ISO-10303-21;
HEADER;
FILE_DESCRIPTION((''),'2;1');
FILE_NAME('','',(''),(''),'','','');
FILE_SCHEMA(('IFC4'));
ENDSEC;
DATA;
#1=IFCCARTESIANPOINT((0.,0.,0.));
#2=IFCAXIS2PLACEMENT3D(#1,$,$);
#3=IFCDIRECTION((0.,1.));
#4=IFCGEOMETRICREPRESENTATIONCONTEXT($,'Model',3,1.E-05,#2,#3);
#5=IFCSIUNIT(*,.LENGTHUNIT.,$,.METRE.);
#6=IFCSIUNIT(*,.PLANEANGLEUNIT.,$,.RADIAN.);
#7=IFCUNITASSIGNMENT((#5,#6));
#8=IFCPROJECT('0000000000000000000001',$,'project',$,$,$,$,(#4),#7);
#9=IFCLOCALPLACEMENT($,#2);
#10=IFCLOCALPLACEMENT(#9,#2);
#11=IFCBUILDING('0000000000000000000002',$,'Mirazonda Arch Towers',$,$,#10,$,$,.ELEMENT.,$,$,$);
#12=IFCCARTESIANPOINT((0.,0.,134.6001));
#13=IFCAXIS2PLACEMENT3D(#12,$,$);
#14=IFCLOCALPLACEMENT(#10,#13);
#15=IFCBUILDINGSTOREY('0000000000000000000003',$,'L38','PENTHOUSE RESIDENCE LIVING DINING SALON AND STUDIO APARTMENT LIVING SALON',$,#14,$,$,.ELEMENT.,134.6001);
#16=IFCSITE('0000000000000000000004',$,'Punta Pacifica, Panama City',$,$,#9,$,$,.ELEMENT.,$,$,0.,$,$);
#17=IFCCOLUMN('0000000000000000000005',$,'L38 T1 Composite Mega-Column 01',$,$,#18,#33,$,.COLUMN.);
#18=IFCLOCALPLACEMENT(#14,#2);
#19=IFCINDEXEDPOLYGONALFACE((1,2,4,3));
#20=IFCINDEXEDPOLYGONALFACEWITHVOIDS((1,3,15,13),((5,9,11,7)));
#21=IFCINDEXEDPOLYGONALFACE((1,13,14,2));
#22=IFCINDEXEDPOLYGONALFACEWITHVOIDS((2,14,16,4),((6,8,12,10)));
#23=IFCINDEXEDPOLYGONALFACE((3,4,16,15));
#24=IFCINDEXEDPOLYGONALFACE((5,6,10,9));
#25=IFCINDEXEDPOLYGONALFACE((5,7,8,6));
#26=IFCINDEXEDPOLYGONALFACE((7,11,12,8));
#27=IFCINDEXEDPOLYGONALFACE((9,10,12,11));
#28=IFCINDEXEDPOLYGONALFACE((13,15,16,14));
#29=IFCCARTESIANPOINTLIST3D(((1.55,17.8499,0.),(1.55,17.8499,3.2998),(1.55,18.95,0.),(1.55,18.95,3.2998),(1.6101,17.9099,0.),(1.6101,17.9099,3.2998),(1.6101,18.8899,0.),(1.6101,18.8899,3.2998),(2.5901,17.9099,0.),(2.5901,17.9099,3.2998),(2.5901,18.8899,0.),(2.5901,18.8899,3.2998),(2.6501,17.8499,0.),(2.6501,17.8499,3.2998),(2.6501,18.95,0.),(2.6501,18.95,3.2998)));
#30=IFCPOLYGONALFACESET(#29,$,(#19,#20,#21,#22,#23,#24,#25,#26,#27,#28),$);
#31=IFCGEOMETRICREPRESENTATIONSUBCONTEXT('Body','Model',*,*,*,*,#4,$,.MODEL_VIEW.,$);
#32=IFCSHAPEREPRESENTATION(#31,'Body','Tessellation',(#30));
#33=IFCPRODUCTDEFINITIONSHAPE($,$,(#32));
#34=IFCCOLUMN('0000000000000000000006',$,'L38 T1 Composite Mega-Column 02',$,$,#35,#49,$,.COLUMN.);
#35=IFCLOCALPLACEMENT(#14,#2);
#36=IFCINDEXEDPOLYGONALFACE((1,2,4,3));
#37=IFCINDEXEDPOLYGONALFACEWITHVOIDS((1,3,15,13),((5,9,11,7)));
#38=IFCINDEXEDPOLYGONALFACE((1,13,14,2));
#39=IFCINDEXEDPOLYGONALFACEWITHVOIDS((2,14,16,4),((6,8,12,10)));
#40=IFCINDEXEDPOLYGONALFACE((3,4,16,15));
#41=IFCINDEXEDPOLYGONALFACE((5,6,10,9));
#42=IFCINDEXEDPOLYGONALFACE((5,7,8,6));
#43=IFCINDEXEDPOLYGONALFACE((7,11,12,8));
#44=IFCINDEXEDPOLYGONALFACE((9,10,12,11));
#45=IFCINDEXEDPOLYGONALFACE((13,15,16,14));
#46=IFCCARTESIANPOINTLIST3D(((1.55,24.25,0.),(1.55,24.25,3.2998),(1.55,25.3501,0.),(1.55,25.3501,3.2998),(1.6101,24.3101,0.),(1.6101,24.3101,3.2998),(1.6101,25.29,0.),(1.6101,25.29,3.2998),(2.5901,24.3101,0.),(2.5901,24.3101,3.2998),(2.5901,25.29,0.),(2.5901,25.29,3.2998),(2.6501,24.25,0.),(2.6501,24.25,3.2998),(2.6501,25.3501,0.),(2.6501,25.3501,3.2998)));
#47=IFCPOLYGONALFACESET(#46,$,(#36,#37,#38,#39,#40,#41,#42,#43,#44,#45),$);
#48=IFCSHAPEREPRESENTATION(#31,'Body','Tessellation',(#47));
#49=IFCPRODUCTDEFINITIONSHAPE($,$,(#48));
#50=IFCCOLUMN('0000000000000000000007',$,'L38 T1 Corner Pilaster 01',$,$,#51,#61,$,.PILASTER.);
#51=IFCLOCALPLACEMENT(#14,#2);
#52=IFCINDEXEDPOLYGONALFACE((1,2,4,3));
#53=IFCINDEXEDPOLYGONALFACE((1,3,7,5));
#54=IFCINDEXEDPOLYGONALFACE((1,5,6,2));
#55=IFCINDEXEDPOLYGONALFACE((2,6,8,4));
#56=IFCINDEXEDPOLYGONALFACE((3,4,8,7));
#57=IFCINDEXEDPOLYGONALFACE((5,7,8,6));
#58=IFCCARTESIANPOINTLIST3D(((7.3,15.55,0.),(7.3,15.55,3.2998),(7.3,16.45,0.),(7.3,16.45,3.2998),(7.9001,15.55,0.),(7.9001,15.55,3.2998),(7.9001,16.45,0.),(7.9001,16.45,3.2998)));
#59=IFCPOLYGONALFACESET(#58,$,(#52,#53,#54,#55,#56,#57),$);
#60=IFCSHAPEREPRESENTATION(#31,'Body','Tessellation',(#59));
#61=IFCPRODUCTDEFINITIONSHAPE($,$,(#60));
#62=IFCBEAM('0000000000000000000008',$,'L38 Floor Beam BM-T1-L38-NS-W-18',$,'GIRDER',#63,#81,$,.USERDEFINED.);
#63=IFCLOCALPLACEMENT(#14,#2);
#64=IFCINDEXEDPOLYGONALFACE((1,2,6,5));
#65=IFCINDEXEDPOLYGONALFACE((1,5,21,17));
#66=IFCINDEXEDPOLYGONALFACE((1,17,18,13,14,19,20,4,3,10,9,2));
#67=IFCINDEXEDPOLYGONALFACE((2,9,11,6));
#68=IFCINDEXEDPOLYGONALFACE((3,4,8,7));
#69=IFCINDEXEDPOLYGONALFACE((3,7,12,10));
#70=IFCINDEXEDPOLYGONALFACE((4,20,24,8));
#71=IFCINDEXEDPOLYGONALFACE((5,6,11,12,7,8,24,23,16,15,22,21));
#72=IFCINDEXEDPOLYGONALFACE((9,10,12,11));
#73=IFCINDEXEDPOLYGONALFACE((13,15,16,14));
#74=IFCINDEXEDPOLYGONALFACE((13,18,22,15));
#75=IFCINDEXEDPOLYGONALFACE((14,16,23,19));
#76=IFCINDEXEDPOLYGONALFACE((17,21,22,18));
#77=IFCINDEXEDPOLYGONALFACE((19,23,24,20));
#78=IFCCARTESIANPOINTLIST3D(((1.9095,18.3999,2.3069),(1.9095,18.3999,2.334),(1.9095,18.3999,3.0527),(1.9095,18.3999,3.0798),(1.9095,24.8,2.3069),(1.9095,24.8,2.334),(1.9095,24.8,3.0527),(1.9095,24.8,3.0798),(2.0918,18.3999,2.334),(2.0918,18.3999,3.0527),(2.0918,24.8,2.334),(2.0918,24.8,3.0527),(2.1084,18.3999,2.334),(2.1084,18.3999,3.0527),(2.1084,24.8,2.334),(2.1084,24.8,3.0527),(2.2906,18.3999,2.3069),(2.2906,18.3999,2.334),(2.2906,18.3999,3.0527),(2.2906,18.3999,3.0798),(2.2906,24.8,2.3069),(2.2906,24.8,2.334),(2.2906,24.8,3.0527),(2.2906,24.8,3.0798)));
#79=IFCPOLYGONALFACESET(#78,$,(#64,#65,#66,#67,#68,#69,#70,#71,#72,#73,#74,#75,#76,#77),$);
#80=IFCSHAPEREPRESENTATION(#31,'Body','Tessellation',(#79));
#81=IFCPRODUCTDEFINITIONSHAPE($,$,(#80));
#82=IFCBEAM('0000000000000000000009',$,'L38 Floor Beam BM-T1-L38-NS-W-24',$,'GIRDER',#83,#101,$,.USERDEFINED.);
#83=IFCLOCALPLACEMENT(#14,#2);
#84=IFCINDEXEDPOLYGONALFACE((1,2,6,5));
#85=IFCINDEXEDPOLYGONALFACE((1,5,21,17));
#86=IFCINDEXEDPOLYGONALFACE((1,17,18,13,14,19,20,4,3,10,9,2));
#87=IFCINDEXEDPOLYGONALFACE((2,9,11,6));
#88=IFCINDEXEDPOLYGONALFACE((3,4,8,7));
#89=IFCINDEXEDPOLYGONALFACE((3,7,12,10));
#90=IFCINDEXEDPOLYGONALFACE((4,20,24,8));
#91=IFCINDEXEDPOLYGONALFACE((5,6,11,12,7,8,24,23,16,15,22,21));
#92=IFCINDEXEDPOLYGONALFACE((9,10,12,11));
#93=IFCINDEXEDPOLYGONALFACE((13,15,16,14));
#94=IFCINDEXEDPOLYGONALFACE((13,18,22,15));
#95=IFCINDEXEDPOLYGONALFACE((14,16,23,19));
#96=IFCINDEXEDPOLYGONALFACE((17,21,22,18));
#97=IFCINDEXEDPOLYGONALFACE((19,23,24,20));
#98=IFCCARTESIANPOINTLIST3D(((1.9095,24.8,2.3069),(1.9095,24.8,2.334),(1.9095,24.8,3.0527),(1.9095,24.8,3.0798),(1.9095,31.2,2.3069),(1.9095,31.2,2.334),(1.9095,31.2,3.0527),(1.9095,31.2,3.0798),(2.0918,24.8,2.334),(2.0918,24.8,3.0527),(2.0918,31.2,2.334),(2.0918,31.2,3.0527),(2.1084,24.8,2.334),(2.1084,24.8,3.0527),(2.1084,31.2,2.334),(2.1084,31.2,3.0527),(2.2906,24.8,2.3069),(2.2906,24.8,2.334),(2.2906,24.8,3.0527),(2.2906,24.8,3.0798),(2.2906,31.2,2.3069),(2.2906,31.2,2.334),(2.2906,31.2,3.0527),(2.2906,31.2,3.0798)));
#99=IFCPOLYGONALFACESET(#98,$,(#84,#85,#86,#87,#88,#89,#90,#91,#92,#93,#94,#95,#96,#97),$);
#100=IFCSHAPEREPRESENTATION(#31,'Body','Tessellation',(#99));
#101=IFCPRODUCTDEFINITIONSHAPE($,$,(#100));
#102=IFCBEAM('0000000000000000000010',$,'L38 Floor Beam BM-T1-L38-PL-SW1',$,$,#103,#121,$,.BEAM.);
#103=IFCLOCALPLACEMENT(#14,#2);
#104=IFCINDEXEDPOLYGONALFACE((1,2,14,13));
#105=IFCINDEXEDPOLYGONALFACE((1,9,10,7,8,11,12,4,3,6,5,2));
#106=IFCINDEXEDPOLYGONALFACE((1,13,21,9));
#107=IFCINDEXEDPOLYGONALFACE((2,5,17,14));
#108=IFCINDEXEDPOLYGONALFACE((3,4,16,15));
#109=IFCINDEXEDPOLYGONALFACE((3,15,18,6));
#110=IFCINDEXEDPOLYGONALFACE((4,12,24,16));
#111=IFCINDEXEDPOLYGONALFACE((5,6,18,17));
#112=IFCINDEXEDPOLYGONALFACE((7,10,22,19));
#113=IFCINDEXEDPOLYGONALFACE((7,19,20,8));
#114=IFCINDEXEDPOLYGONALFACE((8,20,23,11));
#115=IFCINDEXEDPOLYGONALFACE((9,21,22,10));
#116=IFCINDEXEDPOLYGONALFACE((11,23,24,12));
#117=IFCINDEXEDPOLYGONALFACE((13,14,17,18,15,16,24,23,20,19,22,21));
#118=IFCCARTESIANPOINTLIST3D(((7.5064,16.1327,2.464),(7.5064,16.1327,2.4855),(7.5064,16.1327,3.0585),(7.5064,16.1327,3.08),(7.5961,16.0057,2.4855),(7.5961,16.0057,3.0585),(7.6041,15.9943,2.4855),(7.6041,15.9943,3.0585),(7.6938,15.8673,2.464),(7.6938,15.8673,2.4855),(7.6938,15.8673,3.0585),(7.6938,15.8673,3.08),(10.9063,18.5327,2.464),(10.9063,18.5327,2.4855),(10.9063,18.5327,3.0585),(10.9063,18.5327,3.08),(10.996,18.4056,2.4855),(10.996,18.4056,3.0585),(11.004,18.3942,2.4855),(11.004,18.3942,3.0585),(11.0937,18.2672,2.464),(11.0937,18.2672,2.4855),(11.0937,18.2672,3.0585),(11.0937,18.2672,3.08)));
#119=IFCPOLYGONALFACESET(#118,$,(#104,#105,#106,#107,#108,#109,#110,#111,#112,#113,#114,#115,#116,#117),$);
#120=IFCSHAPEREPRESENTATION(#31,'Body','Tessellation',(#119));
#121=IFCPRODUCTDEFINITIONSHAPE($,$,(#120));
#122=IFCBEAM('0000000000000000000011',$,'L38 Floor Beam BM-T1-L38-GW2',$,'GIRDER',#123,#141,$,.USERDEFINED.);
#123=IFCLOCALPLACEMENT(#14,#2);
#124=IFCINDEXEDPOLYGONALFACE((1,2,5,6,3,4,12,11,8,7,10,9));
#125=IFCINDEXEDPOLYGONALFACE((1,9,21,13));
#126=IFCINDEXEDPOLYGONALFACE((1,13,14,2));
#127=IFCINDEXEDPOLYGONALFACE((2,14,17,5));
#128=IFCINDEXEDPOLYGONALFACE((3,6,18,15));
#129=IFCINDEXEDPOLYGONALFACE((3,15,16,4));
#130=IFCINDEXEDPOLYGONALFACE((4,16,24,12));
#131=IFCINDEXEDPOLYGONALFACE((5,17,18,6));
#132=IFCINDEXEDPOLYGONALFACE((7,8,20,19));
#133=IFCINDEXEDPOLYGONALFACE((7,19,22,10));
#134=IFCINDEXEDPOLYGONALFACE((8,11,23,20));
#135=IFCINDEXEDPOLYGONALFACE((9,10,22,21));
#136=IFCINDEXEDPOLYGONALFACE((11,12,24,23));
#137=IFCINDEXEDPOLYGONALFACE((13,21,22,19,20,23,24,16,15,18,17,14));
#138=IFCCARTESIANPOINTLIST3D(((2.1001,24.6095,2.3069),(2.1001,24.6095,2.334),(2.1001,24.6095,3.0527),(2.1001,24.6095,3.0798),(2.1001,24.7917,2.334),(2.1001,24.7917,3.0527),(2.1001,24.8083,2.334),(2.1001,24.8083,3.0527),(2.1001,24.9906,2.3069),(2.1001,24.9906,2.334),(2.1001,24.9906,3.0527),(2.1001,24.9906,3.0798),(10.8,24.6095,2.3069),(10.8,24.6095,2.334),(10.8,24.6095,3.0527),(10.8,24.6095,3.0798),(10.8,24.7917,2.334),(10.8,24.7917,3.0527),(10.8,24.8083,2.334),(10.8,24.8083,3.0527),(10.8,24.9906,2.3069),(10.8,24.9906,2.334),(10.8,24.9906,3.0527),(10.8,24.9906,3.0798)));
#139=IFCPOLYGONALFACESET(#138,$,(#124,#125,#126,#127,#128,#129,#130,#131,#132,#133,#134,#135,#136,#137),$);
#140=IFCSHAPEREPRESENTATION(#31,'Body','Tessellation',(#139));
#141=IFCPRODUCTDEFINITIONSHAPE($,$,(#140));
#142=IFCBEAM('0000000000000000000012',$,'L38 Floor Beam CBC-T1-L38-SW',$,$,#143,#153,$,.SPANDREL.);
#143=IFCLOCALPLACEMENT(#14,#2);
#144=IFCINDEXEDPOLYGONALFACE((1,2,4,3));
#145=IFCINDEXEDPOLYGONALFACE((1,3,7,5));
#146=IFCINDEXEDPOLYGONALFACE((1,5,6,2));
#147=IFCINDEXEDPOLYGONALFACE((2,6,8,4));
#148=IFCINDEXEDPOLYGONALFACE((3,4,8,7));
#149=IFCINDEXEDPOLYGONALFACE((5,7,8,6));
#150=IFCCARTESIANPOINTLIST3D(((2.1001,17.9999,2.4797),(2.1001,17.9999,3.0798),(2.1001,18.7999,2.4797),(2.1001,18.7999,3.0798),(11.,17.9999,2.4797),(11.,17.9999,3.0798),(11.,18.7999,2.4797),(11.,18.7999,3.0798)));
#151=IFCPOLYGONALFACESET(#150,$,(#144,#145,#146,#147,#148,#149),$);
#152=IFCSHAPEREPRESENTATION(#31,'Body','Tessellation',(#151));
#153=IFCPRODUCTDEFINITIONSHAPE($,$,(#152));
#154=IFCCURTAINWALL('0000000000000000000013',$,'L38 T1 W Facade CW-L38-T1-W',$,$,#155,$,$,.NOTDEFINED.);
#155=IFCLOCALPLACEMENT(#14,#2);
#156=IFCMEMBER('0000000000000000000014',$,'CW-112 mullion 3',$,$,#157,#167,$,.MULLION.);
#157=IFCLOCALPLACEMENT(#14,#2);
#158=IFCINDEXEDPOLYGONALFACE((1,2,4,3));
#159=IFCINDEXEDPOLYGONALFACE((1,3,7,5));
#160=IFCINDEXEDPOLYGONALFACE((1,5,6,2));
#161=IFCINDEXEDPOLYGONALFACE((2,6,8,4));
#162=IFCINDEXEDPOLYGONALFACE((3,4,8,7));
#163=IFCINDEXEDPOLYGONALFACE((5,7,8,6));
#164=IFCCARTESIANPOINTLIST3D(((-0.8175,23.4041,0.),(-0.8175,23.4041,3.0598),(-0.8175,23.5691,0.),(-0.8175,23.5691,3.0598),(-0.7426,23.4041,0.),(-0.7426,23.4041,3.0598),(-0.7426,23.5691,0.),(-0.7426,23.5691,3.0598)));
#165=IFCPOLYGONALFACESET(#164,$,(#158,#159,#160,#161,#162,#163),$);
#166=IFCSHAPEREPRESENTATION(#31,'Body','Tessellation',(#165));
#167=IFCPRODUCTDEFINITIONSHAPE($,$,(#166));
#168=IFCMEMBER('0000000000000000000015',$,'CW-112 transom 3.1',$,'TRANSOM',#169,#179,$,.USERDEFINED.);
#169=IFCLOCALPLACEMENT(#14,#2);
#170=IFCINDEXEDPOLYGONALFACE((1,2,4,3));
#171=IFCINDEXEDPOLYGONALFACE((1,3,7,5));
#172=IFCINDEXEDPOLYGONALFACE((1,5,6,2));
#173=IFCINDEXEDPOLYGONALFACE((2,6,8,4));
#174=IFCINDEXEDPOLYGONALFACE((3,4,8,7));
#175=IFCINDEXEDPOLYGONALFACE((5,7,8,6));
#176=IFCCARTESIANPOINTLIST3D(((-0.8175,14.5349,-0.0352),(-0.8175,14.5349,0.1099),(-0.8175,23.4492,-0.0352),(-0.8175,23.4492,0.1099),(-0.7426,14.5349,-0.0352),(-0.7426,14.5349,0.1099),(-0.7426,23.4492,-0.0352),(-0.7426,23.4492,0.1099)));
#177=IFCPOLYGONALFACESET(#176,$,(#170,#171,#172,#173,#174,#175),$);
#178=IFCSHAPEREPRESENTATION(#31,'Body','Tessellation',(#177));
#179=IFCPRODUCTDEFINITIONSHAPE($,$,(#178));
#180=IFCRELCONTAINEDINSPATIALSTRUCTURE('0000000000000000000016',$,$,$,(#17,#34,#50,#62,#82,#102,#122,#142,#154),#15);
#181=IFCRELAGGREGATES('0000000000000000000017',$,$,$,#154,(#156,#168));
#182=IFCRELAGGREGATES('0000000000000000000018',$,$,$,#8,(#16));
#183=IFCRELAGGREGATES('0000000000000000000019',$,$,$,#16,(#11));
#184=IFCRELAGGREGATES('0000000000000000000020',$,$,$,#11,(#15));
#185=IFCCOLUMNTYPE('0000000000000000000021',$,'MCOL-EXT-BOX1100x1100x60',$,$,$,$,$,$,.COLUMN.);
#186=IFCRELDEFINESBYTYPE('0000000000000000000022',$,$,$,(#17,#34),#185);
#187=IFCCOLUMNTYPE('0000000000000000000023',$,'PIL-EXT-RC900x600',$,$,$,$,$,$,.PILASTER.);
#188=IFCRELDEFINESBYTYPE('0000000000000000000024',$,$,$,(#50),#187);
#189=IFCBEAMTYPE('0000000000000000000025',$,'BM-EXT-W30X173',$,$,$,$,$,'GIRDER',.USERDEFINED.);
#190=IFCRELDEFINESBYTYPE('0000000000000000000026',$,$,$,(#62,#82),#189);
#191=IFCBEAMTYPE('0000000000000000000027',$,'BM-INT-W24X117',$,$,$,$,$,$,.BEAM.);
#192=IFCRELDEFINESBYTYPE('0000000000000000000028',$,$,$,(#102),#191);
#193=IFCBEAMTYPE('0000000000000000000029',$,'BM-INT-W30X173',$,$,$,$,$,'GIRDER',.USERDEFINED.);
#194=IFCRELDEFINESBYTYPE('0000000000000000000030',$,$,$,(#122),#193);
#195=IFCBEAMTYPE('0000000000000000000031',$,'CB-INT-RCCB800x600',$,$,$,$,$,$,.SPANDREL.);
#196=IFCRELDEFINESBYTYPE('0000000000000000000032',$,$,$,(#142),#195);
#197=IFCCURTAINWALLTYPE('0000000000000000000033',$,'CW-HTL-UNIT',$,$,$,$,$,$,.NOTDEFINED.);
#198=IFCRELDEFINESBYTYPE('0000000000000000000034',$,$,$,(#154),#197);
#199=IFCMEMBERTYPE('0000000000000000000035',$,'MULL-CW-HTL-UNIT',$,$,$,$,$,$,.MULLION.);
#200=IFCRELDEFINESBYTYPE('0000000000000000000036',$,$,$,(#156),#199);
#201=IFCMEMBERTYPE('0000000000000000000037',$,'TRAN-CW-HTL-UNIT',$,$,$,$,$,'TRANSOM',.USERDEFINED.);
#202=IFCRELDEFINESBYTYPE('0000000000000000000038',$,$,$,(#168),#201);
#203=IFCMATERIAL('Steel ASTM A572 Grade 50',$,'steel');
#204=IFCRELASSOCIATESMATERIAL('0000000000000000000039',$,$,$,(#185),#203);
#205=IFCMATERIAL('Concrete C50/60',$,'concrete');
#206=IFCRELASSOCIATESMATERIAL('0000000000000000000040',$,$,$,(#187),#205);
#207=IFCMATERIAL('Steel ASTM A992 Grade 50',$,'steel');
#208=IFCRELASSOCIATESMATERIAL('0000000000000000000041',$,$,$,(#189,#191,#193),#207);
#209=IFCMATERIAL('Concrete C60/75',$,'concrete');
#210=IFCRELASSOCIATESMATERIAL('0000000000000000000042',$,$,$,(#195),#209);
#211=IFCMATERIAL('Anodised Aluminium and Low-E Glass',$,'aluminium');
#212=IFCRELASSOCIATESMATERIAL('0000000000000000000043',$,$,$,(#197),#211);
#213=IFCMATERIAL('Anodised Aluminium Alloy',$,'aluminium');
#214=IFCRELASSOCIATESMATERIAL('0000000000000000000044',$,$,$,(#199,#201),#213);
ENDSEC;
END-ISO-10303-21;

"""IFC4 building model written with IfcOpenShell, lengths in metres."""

from ifc_helpers import new_model, si_unit, direction, frame, origin, origin_2d, place, context, subcontext, project, spatial, rectangle, hollow_rectangle, i_section, extrude, material, material_profile, profile_set, type_object, element, aggregate, save


model = new_model("IFC4")

# Units and contexts
model_context = context("Model", 3, precision=1e-05, world=origin(), true_north=direction((0.0, 1.0)))
body_context = subcontext(model_context, "Body", "Model", "MODEL_VIEW")
ifc_project = project(units=[si_unit("LENGTHUNIT", "METRE"), si_unit("PLANEANGLEUNIT", "RADIAN")], contexts=[model_context])

# Site, building, storey
site_placement = place(None, origin())
site = spatial("IfcSite", under=ifc_project, at=site_placement, Name="Punta Pacifica, Panama City", CompositionType="ELEMENT", RefElevation=0.0)
building_placement = place(site_placement, origin())
building = spatial("IfcBuilding", under=site, at=building_placement, Name="Mirazonda Arch Towers", CompositionType="ELEMENT")
storey_placement = place(building_placement, frame((0.0, 0.0, 134.6001)))
storey = spatial("IfcBuildingStorey", under=building, at=storey_placement, Name="L38", Description="PENTHOUSE RESIDENCE LIVING DINING SALON AND STUDIO APARTMENT LIVING SALON", CompositionType="ELEMENT", Elevation=134.6001)

# Columns
ifc_material_1 = material(Name="Steel ASTM A572 Grade 50", Category="steel")
ifc_material_profile_1 = material_profile(ifc_material_1, hollow_rectangle(XDim=1.1001, YDim=1.1001, WallThickness=0.0601, at=origin_2d()), Name="BOX1100x1100x60")
ifc_profile_set_1 = profile_set([ifc_material_profile_1], Name="Steel ASTM A572 Grade 50")
column_type_1 = type_object("IfcColumnType", Name="MCOL-EXT-BOX1100x1100x60", PredefinedType="COLUMN", material=ifc_profile_set_1)
for number, where, z_axis, x_axis, name in (
    (1, (2.1001, 18.3999, 0.0), (0.0, 0.0, 1.0), (1.0, 0.0, 0.0), "L38 T1 Composite Mega-Column 01"),
    (2, (2.1001, 24.8, 0.0), (0.0, 0.0, 1.0), (1.0, 0.0, 0.0), "L38 T1 Composite Mega-Column 02"),
):
    element("IfcColumn", number, at=place(storey_placement, frame(where, z_axis=z_axis, x_axis=x_axis)), inside=storey, type_object=column_type_1, Name=name, PredefinedType="COLUMN", context=body_context, shape_type="SweptSolid", body=[
        extrude(hollow_rectangle(XDim=1.1001, YDim=1.1001, WallThickness=0.0601, at=origin_2d()), origin(), (0.0, 0.0, 1.0), 3.2998),
    ])
ifc_material_2 = material(Name="Concrete C50/60", Category="concrete")
ifc_material_profile_2 = material_profile(ifc_material_2, rectangle(XDim=0.6001, YDim=0.8999, at=origin_2d()), Name="RC900x600")
ifc_profile_set_2 = profile_set([ifc_material_profile_2], Name="Concrete C50/60")
column_type_2 = type_object("IfcColumnType", Name="PIL-EXT-RC900x600", PredefinedType="PILASTER", material=ifc_profile_set_2)
column_placement = place(storey_placement, frame((7.6001, 16.0, 0.0), z_axis=(0.0, 0.0, 1.0), x_axis=(1.0, 0.0, 0.0)))
element("IfcColumn", 3, at=column_placement, inside=storey, type_object=column_type_2, Name="L38 T1 Corner Pilaster 01", PredefinedType="PILASTER", context=body_context, shape_type="SweptSolid", body=[
    extrude(rectangle(XDim=0.6001, YDim=0.8999, at=origin_2d()), origin(), (0.0, 0.0, 1.0), 3.2998),
])

# Beams
ifc_material_3 = material(Name="Steel ASTM A992 Grade 50", Category="steel")
ifc_material_profile_3 = material_profile(ifc_material_3, i_section(OverallWidth=0.3811, OverallDepth=0.7729, WebThickness=0.0166, FlangeThickness=0.0271, at=origin_2d()), Name="W30X173")
ifc_profile_set_3 = profile_set([ifc_material_profile_3], Name="Steel ASTM A992 Grade 50")
beam_type_1 = type_object("IfcBeamType", Name="BM-EXT-W30X173", ElementType="GIRDER", PredefinedType="USERDEFINED", material=ifc_profile_set_3)
beam_1_placement = place(storey_placement, frame((2.1001, 18.3999, 2.6934), z_axis=(0.0, 1.0, 0.0), x_axis=(-1.0, 0.0, 0.0)))
element("IfcBeam", 4, at=beam_1_placement, inside=storey, type_object=beam_type_1, Name="L38 Floor Beam BM-T1-L38-NS-W-18", ObjectType="GIRDER", PredefinedType="USERDEFINED", context=body_context, shape_type="SweptSolid", body=[
    extrude(i_section(OverallWidth=0.3811, OverallDepth=0.7729, WebThickness=0.0166, FlangeThickness=0.0271, at=origin_2d()), origin(), (0.0, 0.0, 1.0), 6.4001),
])
beam_2_placement = place(storey_placement, frame((2.1001, 24.8, 2.6934), z_axis=(0.0, 1.0, 0.0), x_axis=(-1.0, 0.0, 0.0)))
element("IfcBeam", 5, at=beam_2_placement, inside=storey, type_object=beam_type_1, Name="L38 Floor Beam BM-T1-L38-NS-W-24", ObjectType="GIRDER", PredefinedType="USERDEFINED", context=body_context, shape_type="SweptSolid", body=[
    extrude(i_section(OverallWidth=0.3811, OverallDepth=0.7729, WebThickness=0.0166, FlangeThickness=0.0271, at=origin_2d()), origin(), (0.0, 0.0, 1.0), 6.3999),
])
ifc_material_profile_4 = material_profile(ifc_material_3, i_section(OverallWidth=0.325, OverallDepth=0.616, WebThickness=0.0139, FlangeThickness=0.0215, at=origin_2d()), Name="W24X117")
ifc_profile_set_4 = profile_set([ifc_material_profile_4], Name="Steel ASTM A992 Grade 50")
beam_type_2 = type_object("IfcBeamType", Name="BM-INT-W24X117", PredefinedType="BEAM", material=ifc_profile_set_4)
beam_3_placement = place(storey_placement, frame((7.6001, 16.0, 2.772), z_axis=(0.816971, 0.576679, 0.0), x_axis=(-0.576679, 0.816971, 0.0)))
element("IfcBeam", 6, at=beam_3_placement, inside=storey, type_object=beam_type_2, Name="L38 Floor Beam BM-T1-L38-PL-SW1", PredefinedType="BEAM", context=body_context, shape_type="SweptSolid", body=[
    extrude(i_section(OverallWidth=0.325, OverallDepth=0.616, WebThickness=0.0139, FlangeThickness=0.0215, at=origin_2d()), origin(), (0.0, 0.0, 1.0), 4.1616),
])
ifc_material_profile_5 = material_profile(ifc_material_3, i_section(OverallWidth=0.3811, OverallDepth=0.7729, WebThickness=0.0166, FlangeThickness=0.0271, at=origin_2d()), Name="W30X173")
ifc_profile_set_5 = profile_set([ifc_material_profile_5], Name="Steel ASTM A992 Grade 50")
beam_type_3 = type_object("IfcBeamType", Name="BM-INT-W30X173", ElementType="GIRDER", PredefinedType="USERDEFINED", material=ifc_profile_set_5)
beam_4_placement = place(storey_placement, frame((2.1001, 24.8, 2.6934), z_axis=(1.0, 0.0, 0.0), x_axis=(0.0, 1.0, 0.0)))
element("IfcBeam", 7, at=beam_4_placement, inside=storey, type_object=beam_type_3, Name="L38 Floor Beam BM-T1-L38-GW2", ObjectType="GIRDER", PredefinedType="USERDEFINED", context=body_context, shape_type="SweptSolid", body=[
    extrude(i_section(OverallWidth=0.3811, OverallDepth=0.7729, WebThickness=0.0166, FlangeThickness=0.0271, at=origin_2d()), origin(), (0.0, 0.0, 1.0), 8.7),
])
ifc_material_4 = material(Name="Concrete C60/75", Category="concrete")
ifc_material_profile_6 = material_profile(ifc_material_4, rectangle(XDim=0.8, YDim=0.6001, at=origin_2d()), Name="RCCB800x600")
ifc_profile_set_6 = profile_set([ifc_material_profile_6], Name="Concrete C60/75")
beam_type_4 = type_object("IfcBeamType", Name="CB-INT-RCCB800x600", PredefinedType="SPANDREL", material=ifc_profile_set_6)
beam_5_placement = place(storey_placement, frame((2.1001, 18.3999, 2.7798), z_axis=(1.0, 0.0, 0.0), x_axis=(0.0, 1.0, 0.0)))
element("IfcBeam", 8, at=beam_5_placement, inside=storey, type_object=beam_type_4, Name="L38 Floor Beam CBC-T1-L38-SW", PredefinedType="SPANDREL", context=body_context, shape_type="SweptSolid", body=[
    extrude(rectangle(XDim=0.8, YDim=0.6001, at=origin_2d()), origin(), (0.0, 0.0, 1.0), 8.8999),
])

# Curtain wall, members
ifc_material_5 = material(Name="Anodised Aluminium and Low-E Glass", Category="aluminium")
curtain_wall_type = type_object("IfcCurtainWallType", Name="CW-HTL-UNIT", PredefinedType="NOTDEFINED", material=ifc_material_5)
curtain_wall_placement = place(storey_placement, origin())
curtain_wall = element("IfcCurtainWall", 9, at=curtain_wall_placement, inside=storey, type_object=curtain_wall_type, Name="L38 T1 W Facade CW-L38-T1-W", PredefinedType="NOTDEFINED")
ifc_material_6 = material(Name="Anodised Aluminium Alloy", Category="aluminium")
ifc_material_profile_7 = material_profile(ifc_material_6, rectangle(XDim=0.075, YDim=0.165, at=origin_2d()), Name="ALU-MULL-75x165")
ifc_profile_set_7 = profile_set([ifc_material_profile_7], Name="Anodised Aluminium Alloy")
member_type_1 = type_object("IfcMemberType", Name="MULL-CW-HTL-UNIT", PredefinedType="MULLION", material=ifc_profile_set_7)
member_1_placement = place(storey_placement, frame((-0.78, 23.4866, 0.0), z_axis=(0.0, 0.0, 1.0), x_axis=(1.0, 0.0, 0.0)))
member_1 = element("IfcMember", 10, at=member_1_placement, type_object=member_type_1, Name="CW-112 mullion 3", PredefinedType="MULLION", context=body_context, shape_type="SweptSolid", body=[
    extrude(rectangle(XDim=0.075, YDim=0.165, at=origin_2d()), origin(), (0.0, 0.0, 1.0), 3.0598),
])
ifc_material_profile_8 = material_profile(ifc_material_6, rectangle(XDim=0.075, YDim=0.145, at=origin_2d()), Name="ALU-TRAN-75x145")
ifc_profile_set_8 = profile_set([ifc_material_profile_8], Name="Anodised Aluminium Alloy")
member_type_2 = type_object("IfcMemberType", Name="TRAN-CW-HTL-UNIT", ElementType="TRANSOM", PredefinedType="USERDEFINED", material=ifc_profile_set_8)
member_2_placement = place(storey_placement, frame((-0.78, 23.4492, 0.0374), z_axis=(0.0, -1.0, 0.0), x_axis=(1.0, 0.0, 0.0)))
member_2 = element("IfcMember", 11, at=member_2_placement, type_object=member_type_2, Name="CW-112 transom 3.1", ObjectType="TRANSOM", PredefinedType="USERDEFINED", context=body_context, shape_type="SweptSolid", body=[
    extrude(rectangle(XDim=0.075, YDim=0.145, at=origin_2d()), origin(), (0.0, 0.0, 1.0), 8.9143),
])
aggregate(curtain_wall, [member_1, member_2])

save(model, "model.ifc")
